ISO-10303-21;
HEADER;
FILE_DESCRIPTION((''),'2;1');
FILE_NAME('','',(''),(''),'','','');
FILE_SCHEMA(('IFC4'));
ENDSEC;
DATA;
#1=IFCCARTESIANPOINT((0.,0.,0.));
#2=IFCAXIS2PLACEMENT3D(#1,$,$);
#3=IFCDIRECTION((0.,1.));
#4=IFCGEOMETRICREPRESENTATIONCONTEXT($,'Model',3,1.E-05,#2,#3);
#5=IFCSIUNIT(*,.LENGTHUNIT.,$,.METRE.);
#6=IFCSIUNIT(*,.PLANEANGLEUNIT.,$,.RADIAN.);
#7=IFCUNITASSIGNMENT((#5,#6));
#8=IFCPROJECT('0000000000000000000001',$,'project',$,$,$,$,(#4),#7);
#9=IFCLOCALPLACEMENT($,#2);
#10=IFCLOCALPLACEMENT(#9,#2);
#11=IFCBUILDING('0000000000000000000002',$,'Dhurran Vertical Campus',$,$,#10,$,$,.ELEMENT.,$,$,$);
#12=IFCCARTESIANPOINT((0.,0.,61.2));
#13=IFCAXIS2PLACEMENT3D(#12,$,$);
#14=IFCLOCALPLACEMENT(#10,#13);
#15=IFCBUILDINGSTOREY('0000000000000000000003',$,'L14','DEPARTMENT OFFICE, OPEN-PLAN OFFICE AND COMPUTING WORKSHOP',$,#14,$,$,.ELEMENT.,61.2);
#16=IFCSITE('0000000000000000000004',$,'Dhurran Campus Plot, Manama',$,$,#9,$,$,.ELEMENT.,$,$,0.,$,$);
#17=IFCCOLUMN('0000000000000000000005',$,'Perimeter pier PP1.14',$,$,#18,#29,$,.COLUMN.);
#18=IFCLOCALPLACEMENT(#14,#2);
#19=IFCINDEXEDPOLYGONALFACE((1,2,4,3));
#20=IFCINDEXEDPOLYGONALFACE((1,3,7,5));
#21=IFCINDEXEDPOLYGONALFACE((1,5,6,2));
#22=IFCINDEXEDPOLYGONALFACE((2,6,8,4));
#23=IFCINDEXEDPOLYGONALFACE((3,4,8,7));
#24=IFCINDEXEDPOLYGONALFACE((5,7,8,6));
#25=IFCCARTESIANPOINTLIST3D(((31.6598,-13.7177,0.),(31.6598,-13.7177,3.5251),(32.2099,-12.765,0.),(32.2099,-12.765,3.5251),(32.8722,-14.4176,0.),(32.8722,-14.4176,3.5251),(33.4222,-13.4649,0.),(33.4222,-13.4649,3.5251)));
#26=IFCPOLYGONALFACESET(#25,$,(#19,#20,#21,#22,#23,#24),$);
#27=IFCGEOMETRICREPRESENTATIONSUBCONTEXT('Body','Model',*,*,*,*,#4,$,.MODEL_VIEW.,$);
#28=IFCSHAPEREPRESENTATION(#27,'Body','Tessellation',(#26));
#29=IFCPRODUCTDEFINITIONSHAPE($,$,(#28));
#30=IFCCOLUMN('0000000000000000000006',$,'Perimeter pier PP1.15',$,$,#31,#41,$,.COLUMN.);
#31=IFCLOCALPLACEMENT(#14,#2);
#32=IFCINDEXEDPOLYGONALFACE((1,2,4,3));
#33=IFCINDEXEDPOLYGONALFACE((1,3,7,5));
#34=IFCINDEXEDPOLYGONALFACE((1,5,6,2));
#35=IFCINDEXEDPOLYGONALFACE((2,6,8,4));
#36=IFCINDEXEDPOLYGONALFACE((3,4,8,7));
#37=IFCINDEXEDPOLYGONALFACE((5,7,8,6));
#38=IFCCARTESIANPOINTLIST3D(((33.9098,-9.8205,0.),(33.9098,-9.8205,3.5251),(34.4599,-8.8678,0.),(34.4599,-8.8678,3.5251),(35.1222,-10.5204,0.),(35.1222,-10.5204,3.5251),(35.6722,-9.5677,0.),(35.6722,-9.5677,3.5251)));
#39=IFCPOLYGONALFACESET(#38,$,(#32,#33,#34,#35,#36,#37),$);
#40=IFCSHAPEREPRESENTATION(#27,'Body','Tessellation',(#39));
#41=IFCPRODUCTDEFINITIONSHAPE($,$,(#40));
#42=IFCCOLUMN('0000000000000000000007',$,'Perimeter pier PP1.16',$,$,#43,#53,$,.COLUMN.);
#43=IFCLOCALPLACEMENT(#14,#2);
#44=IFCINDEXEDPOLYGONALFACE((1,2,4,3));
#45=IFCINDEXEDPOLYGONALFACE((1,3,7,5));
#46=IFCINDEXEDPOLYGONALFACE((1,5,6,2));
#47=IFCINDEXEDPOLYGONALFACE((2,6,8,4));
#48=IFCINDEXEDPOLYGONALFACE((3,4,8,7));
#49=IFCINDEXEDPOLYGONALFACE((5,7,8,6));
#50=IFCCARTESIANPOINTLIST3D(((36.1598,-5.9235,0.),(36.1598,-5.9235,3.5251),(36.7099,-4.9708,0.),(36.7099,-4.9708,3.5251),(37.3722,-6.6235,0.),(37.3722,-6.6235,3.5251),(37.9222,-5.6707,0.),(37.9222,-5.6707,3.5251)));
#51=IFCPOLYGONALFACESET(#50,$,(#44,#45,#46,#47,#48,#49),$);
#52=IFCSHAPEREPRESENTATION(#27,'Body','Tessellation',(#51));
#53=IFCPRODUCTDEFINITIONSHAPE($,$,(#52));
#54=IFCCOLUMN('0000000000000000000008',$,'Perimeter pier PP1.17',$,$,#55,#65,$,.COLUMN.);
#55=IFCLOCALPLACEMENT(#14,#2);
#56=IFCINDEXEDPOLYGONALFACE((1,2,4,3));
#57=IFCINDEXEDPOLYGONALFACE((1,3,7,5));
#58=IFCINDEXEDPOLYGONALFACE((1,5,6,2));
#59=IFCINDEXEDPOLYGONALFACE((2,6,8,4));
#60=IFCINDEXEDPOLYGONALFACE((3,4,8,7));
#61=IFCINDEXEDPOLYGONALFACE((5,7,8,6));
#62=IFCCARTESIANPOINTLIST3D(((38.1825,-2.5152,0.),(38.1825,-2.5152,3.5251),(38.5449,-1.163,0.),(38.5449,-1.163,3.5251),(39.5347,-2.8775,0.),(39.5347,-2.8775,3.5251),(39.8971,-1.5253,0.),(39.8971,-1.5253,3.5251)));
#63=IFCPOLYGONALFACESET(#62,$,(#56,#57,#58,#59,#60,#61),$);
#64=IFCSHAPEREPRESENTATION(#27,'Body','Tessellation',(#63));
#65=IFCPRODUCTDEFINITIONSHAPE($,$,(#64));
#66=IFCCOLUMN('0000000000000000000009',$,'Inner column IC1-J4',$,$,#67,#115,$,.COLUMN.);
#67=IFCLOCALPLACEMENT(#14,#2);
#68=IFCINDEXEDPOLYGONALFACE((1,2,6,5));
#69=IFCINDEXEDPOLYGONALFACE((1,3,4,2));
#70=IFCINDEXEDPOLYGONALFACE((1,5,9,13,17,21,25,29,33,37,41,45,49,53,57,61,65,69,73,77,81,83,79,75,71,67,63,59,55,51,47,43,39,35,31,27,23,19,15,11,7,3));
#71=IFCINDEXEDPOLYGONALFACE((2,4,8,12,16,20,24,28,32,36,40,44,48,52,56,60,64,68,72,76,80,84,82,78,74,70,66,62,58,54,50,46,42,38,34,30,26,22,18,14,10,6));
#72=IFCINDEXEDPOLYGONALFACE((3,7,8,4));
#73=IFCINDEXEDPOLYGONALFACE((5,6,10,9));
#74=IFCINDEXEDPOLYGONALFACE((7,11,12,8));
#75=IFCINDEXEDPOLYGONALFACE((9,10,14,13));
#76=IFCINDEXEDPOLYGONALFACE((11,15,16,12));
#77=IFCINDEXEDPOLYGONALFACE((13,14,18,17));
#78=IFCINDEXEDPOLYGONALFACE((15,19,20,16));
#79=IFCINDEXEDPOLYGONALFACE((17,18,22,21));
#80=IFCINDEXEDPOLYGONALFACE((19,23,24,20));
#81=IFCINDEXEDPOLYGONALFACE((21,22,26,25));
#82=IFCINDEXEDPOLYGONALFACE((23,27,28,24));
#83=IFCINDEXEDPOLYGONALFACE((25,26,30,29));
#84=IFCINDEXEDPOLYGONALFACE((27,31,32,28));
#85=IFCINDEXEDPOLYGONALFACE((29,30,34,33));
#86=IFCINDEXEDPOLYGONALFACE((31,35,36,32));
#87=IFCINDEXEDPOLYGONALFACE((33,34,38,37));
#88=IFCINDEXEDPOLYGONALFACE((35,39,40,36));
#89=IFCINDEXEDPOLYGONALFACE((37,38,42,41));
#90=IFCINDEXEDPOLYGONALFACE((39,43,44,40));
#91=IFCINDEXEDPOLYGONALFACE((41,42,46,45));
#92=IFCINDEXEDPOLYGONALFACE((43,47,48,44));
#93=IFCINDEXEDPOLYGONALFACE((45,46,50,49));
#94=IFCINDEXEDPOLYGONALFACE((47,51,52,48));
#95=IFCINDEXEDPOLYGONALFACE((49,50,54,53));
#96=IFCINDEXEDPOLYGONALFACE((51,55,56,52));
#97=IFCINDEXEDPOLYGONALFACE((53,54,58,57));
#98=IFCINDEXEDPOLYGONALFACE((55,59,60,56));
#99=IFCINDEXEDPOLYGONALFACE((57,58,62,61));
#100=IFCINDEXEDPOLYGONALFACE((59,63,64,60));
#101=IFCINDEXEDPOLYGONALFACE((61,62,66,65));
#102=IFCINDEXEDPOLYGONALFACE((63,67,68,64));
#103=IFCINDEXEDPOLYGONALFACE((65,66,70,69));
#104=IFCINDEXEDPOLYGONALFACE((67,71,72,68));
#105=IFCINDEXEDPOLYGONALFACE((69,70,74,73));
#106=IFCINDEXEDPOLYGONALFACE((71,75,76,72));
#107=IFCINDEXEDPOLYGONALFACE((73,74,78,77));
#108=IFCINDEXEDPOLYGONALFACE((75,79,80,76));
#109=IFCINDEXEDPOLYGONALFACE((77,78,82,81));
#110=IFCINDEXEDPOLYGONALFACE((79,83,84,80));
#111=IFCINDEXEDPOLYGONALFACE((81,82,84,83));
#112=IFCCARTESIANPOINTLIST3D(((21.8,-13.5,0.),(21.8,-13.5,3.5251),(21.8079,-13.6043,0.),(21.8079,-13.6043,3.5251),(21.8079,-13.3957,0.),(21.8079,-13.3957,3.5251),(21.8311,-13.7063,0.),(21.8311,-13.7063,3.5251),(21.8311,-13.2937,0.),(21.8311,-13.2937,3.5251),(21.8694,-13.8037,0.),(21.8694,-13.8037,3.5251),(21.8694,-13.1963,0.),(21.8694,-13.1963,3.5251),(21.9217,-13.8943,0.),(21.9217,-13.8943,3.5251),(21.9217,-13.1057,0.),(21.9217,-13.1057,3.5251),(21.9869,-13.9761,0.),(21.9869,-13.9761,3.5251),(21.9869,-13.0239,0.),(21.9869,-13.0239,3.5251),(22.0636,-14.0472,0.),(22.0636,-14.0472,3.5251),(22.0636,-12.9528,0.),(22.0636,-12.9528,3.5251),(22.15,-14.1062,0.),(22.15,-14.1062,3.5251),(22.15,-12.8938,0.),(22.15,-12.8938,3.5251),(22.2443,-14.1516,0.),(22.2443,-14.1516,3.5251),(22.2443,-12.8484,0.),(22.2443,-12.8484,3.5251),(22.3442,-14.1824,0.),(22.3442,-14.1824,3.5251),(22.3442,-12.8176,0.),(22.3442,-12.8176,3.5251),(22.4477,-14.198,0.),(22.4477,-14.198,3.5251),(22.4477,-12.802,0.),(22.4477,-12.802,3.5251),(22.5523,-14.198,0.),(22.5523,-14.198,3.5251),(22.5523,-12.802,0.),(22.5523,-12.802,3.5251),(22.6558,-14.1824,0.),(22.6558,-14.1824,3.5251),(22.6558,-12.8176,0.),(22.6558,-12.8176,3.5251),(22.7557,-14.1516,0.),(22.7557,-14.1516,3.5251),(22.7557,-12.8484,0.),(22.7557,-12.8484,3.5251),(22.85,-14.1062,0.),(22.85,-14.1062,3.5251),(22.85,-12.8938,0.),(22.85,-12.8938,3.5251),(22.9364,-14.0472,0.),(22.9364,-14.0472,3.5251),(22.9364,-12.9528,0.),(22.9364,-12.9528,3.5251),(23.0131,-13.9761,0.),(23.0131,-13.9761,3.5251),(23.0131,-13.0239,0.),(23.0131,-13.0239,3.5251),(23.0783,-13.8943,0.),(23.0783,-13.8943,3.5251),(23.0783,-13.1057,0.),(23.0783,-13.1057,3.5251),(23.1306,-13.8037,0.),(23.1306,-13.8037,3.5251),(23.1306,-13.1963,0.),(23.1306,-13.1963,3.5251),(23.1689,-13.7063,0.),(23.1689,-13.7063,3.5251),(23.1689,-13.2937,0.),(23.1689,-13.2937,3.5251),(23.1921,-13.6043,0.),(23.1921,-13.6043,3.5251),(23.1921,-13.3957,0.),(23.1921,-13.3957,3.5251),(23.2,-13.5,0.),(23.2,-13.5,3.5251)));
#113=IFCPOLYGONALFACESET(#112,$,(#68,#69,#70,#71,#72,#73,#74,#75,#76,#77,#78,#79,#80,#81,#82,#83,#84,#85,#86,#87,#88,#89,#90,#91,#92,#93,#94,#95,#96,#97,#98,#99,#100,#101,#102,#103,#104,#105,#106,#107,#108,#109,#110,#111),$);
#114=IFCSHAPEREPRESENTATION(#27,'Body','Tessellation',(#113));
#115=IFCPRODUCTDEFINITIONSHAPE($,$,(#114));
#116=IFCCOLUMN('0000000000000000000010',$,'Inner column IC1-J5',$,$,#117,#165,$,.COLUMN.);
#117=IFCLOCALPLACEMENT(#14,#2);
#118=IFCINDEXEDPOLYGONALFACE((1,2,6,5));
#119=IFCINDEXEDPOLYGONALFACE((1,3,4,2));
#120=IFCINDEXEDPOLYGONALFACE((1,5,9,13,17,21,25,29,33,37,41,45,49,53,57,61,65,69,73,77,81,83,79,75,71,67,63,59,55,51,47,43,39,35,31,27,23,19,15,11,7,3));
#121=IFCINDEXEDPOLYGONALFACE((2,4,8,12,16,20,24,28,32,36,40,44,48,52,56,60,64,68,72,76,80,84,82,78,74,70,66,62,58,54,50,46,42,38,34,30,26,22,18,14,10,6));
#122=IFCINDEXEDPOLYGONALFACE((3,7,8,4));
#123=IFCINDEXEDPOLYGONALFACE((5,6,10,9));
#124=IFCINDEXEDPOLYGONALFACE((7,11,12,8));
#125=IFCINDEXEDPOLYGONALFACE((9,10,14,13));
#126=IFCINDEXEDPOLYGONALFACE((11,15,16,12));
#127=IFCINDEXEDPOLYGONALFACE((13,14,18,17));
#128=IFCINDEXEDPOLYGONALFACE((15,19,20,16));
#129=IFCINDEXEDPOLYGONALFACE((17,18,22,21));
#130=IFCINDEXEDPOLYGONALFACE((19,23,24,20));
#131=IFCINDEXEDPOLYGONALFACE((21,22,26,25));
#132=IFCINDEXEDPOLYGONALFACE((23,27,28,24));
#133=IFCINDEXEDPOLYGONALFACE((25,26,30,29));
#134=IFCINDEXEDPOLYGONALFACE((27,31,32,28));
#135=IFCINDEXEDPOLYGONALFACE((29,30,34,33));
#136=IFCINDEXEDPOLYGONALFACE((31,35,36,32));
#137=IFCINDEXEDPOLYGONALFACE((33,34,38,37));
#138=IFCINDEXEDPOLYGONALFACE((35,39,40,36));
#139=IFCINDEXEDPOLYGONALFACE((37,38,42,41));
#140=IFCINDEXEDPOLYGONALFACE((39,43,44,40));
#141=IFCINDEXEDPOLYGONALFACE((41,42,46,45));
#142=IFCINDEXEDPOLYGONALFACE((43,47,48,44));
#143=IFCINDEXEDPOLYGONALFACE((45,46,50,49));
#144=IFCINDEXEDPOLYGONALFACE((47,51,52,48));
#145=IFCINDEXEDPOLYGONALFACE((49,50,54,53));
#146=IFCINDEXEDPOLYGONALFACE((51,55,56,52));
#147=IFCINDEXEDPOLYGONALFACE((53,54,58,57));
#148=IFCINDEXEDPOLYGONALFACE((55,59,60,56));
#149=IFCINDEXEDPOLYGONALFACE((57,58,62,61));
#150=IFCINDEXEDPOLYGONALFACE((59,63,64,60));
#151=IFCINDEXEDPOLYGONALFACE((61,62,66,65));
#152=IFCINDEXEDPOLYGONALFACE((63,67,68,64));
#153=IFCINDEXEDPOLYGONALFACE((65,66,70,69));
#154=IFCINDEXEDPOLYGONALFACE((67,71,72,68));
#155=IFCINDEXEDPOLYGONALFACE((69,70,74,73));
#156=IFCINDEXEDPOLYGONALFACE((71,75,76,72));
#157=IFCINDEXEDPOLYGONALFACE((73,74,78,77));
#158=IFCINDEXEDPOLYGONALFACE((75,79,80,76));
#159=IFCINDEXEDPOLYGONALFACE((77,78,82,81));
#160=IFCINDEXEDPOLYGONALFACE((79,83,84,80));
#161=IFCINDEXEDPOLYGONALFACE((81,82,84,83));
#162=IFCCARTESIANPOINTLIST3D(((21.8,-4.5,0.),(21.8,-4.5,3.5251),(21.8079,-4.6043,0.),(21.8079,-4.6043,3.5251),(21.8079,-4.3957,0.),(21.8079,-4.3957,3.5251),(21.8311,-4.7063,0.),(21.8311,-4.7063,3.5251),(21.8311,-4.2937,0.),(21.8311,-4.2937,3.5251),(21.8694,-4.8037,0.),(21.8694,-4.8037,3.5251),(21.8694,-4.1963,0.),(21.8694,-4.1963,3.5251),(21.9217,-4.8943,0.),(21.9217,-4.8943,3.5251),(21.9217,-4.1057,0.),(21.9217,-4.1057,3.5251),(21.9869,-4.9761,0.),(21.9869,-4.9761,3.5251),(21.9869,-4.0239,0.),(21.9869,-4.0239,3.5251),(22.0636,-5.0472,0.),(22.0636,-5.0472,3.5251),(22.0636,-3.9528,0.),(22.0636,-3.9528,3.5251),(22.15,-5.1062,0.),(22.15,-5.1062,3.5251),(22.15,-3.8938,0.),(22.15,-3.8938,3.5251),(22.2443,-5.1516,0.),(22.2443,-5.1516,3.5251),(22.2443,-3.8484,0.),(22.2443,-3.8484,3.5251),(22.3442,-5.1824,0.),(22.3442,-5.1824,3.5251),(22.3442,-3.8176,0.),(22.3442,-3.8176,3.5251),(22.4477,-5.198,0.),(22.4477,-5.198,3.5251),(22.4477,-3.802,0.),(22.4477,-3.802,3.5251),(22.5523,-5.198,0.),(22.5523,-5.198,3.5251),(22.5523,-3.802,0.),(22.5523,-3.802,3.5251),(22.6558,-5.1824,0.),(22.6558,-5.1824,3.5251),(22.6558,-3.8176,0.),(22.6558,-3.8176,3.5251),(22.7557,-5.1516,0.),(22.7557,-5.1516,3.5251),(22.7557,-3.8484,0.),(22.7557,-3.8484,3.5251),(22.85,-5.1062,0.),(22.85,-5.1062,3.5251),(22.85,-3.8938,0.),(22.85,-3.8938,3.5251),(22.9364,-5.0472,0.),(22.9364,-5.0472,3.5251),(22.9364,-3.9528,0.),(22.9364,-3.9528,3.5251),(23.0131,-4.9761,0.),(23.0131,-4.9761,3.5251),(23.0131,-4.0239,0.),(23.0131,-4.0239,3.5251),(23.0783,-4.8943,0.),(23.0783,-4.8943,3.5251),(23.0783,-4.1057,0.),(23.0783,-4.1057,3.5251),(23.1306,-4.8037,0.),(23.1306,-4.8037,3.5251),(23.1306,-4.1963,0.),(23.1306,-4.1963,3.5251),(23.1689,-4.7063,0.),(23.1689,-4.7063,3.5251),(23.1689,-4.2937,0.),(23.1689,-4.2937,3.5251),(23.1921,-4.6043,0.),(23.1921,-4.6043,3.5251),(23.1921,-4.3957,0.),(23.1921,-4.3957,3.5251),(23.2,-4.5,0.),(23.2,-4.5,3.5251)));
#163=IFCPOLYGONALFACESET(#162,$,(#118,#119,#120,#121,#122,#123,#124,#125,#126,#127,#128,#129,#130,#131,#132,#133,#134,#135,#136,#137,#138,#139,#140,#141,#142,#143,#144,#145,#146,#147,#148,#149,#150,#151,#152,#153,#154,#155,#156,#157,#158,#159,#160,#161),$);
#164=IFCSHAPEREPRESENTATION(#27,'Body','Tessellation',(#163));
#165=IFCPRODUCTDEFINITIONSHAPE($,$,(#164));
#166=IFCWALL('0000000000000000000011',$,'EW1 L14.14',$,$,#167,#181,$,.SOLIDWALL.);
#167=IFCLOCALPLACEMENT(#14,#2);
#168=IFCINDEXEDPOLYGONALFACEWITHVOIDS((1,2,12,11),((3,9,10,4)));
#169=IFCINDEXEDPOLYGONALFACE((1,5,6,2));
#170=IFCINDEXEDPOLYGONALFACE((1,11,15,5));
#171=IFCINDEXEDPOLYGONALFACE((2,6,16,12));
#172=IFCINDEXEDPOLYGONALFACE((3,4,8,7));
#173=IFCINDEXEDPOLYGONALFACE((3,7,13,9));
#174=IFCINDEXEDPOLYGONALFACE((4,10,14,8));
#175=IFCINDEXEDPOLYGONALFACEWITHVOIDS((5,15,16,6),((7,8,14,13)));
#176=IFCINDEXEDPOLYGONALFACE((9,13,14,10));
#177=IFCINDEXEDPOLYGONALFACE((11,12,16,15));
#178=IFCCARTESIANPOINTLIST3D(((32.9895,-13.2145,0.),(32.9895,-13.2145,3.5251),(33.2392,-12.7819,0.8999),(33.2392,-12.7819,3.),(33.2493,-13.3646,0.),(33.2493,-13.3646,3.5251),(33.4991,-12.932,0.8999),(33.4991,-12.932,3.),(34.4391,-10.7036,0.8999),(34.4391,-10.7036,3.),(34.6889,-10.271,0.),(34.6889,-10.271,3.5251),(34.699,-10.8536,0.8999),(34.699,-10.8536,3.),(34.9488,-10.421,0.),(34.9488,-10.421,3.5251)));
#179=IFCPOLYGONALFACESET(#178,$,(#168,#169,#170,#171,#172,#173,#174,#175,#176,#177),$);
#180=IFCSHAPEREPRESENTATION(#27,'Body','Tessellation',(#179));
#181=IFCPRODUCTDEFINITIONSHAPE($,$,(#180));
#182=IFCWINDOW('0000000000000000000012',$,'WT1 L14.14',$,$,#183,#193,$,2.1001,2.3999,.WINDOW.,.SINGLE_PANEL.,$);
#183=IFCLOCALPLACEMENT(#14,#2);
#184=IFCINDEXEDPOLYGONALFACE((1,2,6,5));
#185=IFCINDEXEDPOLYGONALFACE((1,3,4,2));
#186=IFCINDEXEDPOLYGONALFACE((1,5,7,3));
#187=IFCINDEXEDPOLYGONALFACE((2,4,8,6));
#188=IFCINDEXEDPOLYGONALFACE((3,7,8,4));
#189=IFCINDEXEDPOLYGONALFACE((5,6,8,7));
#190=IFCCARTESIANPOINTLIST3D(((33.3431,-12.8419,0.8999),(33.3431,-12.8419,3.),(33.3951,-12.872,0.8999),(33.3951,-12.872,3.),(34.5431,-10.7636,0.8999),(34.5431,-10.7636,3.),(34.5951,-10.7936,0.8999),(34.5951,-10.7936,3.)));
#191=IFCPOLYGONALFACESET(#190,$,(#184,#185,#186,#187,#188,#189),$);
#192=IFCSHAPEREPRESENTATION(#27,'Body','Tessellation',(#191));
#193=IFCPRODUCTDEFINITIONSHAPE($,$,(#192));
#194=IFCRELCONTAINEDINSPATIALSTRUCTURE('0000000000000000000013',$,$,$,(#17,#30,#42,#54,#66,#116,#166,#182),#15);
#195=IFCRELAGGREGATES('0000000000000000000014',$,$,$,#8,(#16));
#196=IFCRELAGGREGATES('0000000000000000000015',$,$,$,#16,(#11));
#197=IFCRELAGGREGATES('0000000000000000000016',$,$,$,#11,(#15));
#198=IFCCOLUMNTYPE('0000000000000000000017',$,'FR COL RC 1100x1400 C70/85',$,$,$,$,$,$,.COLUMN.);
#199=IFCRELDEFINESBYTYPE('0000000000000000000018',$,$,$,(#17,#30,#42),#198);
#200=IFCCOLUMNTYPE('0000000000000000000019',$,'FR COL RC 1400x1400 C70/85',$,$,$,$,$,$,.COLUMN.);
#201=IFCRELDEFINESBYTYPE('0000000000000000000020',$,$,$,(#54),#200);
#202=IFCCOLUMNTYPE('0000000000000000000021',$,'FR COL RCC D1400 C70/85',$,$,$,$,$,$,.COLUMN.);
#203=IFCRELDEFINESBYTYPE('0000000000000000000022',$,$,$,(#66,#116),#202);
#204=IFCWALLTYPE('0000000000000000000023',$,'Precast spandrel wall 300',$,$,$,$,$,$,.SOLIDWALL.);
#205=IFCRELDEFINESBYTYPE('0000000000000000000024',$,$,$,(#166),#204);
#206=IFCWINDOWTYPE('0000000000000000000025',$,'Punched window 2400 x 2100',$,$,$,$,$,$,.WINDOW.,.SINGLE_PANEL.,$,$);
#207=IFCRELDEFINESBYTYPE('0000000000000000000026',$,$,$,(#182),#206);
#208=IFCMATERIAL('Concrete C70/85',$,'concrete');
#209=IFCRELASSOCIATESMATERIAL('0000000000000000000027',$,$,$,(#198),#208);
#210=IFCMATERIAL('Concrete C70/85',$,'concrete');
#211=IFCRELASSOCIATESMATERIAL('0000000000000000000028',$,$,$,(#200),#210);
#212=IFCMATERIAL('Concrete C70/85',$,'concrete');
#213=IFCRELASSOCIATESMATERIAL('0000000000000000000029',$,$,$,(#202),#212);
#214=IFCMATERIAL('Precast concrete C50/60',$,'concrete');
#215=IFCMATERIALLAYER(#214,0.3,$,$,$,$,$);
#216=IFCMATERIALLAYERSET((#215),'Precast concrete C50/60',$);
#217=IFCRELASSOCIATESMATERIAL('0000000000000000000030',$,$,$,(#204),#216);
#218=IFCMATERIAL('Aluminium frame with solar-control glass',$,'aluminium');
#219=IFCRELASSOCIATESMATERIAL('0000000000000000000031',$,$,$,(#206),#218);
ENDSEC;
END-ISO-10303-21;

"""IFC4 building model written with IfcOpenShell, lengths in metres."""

from ifc_helpers import new_model, si_unit, direction, frame, frame_2d, origin, origin_2d, place, context, subcontext, project, spatial, rectangle, circle, extrude, material, layer, layer_set, material_profile, profile_set, type_object, element, fill, save


model = new_model("IFC4")

# Units and contexts
model_context = context("Model", 3, precision=1e-05, world=origin(), true_north=direction((0.0, 1.0)))
body_context = subcontext(model_context, "Body", "Model", "MODEL_VIEW")
ifc_project = project(units=[si_unit("LENGTHUNIT", "METRE"), si_unit("PLANEANGLEUNIT", "RADIAN")], contexts=[model_context])

# Site, building, storey
site_placement = place(None, origin())
site = spatial("IfcSite", under=ifc_project, at=site_placement, Name="Dhurran Campus Plot, Manama", CompositionType="ELEMENT", RefElevation=0.0)
building_placement = place(site_placement, origin())
building = spatial("IfcBuilding", under=site, at=building_placement, Name="Dhurran Vertical Campus", CompositionType="ELEMENT")
storey_placement = place(building_placement, frame((0.0, 0.0, 61.2)))
storey = spatial("IfcBuildingStorey", under=building, at=storey_placement, Name="L14", Description="DEPARTMENT OFFICE, OPEN-PLAN OFFICE AND COMPUTING WORKSHOP", CompositionType="ELEMENT", Elevation=61.2)

# Columns
ifc_material_1 = material(Name="Concrete C70/85", Category="concrete")
ifc_material_profile_1 = material_profile(ifc_material_1, rectangle(XDim=1.1001, YDim=1.3999, at=origin_2d()), Name="RC 1100x1400")
ifc_profile_set_1 = profile_set([ifc_material_profile_1], Name="Concrete C70/85")
column_type_1 = type_object("IfcColumnType", Name="FR COL RC 1100x1400 C70/85", PredefinedType="COLUMN", material=ifc_profile_set_1)
for number, where, z_axis, x_axis, name in (
    (1, (32.541, -13.5913, 0.0), (0.0, 0.0, 1.0), (0.5, 0.866025, 0.0), "Perimeter pier PP1.14"),
    (2, (34.791, -9.6941, 0.0), (0.0, 0.0, 1.0), (0.5, 0.866025, 0.0), "Perimeter pier PP1.15"),
    (3, (37.041, -5.7971, 0.0), (0.0, 0.0, 1.0), (0.5, 0.866025, 0.0), "Perimeter pier PP1.16"),
):
    element("IfcColumn", number, at=place(storey_placement, frame(where, z_axis=z_axis, x_axis=x_axis)), inside=storey, type_object=column_type_1, Name=name, PredefinedType="COLUMN", context=body_context, shape_type="SweptSolid", body=[
        extrude(rectangle(XDim=1.1001, YDim=1.3999, at=origin_2d()), origin(), (0.0, 0.0, 1.0), 3.5251),
    ])
ifc_material_2 = material(Name="Concrete C70/85", Category="concrete")
ifc_material_profile_2 = material_profile(ifc_material_2, rectangle(XDim=1.3999, YDim=1.3999, at=origin_2d()), Name="RC 1400x1400")
ifc_profile_set_2 = profile_set([ifc_material_profile_2], Name="Concrete C70/85")
column_type_2 = type_object("IfcColumnType", Name="FR COL RC 1400x1400 C70/85", PredefinedType="COLUMN", material=ifc_profile_set_2)
column_placement = place(storey_placement, frame((39.0398, -2.0203, 0.0), z_axis=(0.0, 0.0, 1.0), x_axis=(0.258819, 0.965926, 0.0)))
element("IfcColumn", 4, at=column_placement, inside=storey, type_object=column_type_2, Name="Perimeter pier PP1.17", PredefinedType="COLUMN", context=body_context, shape_type="SweptSolid", body=[
    extrude(rectangle(XDim=1.3999, YDim=1.3999, at=origin_2d()), origin(), (0.0, 0.0, 1.0), 3.5251),
])
ifc_material_3 = material(Name="Concrete C70/85", Category="concrete")
ifc_material_profile_3 = material_profile(ifc_material_3, circle(Radius=0.7, at=origin_2d()), Name="RCC D1400")
ifc_profile_set_3 = profile_set([ifc_material_profile_3], Name="Concrete C70/85")
column_type_3 = type_object("IfcColumnType", Name="FR COL RCC D1400 C70/85", PredefinedType="COLUMN", material=ifc_profile_set_3)
for number, where, z_axis, x_axis, name in (
    (5, (22.5, -13.5, 0.0), (0.0, 0.0, 1.0), (1.0, 0.0, 0.0), "Inner column IC1-J4"),
    (6, (22.5, -4.5, 0.0), (0.0, 0.0, 1.0), (1.0, 0.0, 0.0), "Inner column IC1-J5"),
):
    element("IfcColumn", number, at=place(storey_placement, frame(where, z_axis=z_axis, x_axis=x_axis)), inside=storey, type_object=column_type_3, Name=name, PredefinedType="COLUMN", context=body_context, shape_type="SweptSolid", body=[
        extrude(circle(Radius=0.7, at=origin_2d()), origin(), (0.0, 0.0, 1.0), 3.5251),
    ])

# Wall, opening, window
ifc_material_4 = material(Name="Precast concrete C50/60", Category="concrete")
ifc_layer_1 = layer(ifc_material_4, 0.3)
ifc_layer_set_1 = layer_set([ifc_layer_1], Name="Precast concrete C50/60")
wall_type_1 = type_object("IfcWallType", Name="Precast spandrel wall 300", PredefinedType="SOLIDWALL", material=ifc_layer_set_1)
wall_1_placement = place(storey_placement, frame((33.1194, -13.2896, 0.0), z_axis=(0.0, 0.0, 1.0), x_axis=(0.499994, 0.866029, 0.0)))
wall_1 = element("IfcWall", 7, at=wall_1_placement, inside=storey, type_object=wall_type_1, Name="EW1 L14.14", PredefinedType="SOLIDWALL", context=body_context, shape_type="SweptSolid", body=[
    extrude(rectangle(XDim=3.3989, YDim=0.3, at=frame_2d((1.6995, 0.0))), origin(), (0.0, 0.0, 1.0), 3.5251),
])
opening_1_placement = place(wall_1_placement, frame((0.4995, 0.0, 0.8999)))
opening_1 = element("IfcOpeningElement", 8, at=opening_1_placement, cuts=wall_1, PredefinedType="OPENING", context=body_context, shape_type="SweptSolid", body=[
    extrude(rectangle(XDim=2.3999, YDim=2.1001, at=frame_2d((1.2, 1.05))), frame((0.0, 0.1599, 0.0), z_axis=(0.0, -1.0, 0.0), x_axis=(1.0, 0.0, 0.0)), (0.0, 0.0, 1.0), 0.3201),
])
ifc_material_5 = material(Name="Aluminium frame with solar-control glass", Category="aluminium")
window_type = type_object("IfcWindowType", Name="Punched window 2400 x 2100", PartitioningType="SINGLE_PANEL", PredefinedType="WINDOW", material=ifc_material_5)
window_1_placement = place(opening_1_placement, origin())
window_1 = element("IfcWindow", 9, at=window_1_placement, inside=storey, type_object=window_type, Name="WT1 L14.14", OverallHeight=2.1001, OverallWidth=2.3999, PartitioningType="SINGLE_PANEL", PredefinedType="WINDOW", context=body_context, shape_type="SweptSolid", body=[
    extrude(rectangle(XDim=2.3999, YDim=2.1001, at=frame_2d((1.2, 1.05))), frame((0.0, 0.03, 0.0), z_axis=(0.0, -1.0, 0.0), x_axis=(1.0, 0.0, 0.0)), (0.0, 0.0, 1.0), 0.0601),
])
fill(opening_1, window_1)

save(model, "model.ifc")
